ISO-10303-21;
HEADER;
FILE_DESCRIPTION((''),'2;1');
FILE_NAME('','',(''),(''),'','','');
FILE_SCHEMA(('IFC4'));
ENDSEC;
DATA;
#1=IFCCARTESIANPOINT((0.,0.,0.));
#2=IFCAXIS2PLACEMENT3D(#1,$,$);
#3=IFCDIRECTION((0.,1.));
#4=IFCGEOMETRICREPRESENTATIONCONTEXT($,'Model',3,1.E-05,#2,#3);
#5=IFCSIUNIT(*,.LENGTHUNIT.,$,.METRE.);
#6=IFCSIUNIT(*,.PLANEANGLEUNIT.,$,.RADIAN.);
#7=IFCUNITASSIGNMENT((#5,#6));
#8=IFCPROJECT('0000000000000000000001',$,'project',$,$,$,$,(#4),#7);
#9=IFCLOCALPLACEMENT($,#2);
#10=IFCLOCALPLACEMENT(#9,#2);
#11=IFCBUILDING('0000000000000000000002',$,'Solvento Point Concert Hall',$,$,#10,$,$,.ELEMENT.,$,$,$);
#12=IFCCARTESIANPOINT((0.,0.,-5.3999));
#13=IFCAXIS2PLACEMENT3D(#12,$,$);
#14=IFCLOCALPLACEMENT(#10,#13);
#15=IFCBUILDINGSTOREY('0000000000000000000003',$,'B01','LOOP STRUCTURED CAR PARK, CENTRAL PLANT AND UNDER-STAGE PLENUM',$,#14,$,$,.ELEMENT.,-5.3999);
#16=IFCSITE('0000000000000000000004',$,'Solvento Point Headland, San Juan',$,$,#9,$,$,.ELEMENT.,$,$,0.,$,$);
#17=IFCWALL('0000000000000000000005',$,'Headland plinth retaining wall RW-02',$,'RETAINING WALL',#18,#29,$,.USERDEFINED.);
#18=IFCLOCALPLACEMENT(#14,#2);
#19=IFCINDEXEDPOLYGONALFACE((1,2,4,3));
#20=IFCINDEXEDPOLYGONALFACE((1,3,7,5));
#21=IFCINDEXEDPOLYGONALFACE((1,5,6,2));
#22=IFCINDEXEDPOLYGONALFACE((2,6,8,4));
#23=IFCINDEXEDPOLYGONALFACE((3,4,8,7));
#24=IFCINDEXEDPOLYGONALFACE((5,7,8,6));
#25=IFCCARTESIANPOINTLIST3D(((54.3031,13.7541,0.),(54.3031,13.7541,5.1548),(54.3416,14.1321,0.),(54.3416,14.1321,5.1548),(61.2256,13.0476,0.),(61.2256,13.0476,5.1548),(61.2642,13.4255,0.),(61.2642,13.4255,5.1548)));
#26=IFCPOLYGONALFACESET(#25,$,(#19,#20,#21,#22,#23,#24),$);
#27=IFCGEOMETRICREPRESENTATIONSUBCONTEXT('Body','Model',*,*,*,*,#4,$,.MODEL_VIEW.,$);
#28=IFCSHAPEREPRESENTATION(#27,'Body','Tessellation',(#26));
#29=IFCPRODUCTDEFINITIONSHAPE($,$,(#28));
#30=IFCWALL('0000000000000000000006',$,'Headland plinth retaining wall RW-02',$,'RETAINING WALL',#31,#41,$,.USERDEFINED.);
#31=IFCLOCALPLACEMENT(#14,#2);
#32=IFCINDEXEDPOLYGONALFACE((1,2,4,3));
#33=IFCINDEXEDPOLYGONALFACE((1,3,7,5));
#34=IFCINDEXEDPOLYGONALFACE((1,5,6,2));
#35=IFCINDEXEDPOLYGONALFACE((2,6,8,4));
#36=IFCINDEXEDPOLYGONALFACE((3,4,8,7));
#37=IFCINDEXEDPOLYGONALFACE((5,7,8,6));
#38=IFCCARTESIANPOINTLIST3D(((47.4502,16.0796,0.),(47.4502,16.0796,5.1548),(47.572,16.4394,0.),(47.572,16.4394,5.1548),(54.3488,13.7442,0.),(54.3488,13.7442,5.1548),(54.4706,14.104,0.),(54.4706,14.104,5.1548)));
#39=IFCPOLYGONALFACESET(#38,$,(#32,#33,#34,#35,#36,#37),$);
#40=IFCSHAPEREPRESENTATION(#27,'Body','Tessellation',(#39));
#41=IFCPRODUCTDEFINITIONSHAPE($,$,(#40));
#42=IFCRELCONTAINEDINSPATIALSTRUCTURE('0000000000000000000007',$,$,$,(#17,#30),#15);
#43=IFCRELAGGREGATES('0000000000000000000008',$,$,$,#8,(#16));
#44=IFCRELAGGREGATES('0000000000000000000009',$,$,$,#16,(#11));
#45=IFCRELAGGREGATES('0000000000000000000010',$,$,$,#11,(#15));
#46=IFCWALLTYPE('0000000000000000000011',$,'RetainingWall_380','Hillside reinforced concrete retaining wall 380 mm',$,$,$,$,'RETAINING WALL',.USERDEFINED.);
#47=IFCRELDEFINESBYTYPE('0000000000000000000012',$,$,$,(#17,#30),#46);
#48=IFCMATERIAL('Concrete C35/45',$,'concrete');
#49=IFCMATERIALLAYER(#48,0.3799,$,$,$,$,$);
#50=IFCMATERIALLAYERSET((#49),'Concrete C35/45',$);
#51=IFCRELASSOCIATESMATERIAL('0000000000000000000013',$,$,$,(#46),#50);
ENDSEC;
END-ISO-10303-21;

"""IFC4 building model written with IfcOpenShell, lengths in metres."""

from ifc_helpers import new_model, si_unit, direction, frame, frame_2d, origin, place, context, subcontext, project, spatial, rectangle, extrude, material, layer, layer_set, type_object, element, save


model = new_model("IFC4")

# Units and contexts
model_context = context("Model", 3, precision=1e-05, world=origin(), true_north=direction((0.0, 1.0)))
body_context = subcontext(model_context, "Body", "Model", "MODEL_VIEW")
ifc_project = project(units=[si_unit("LENGTHUNIT", "METRE"), si_unit("PLANEANGLEUNIT", "RADIAN")], contexts=[model_context])

# Site, building, storey
site_placement = place(None, origin())
site = spatial("IfcSite", under=ifc_project, at=site_placement, Name="Solvento Point Headland, San Juan", CompositionType="ELEMENT", RefElevation=0.0)
building_placement = place(site_placement, origin())
building = spatial("IfcBuilding", under=site, at=building_placement, Name="Solvento Point Concert Hall", CompositionType="ELEMENT")
storey_placement = place(building_placement, frame((0.0, 0.0, -5.3999)))
storey = spatial("IfcBuildingStorey", under=building, at=storey_placement, Name="B01", Description="LOOP STRUCTURED CAR PARK, CENTRAL PLANT AND UNDER-STAGE PLENUM", CompositionType="ELEMENT", Elevation=-5.3999)

# Walls
ifc_material_1 = material(Name="Concrete C35/45", Category="concrete")
ifc_layer = layer(ifc_material_1, 0.3799)
ifc_layer_set = layer_set([ifc_layer], Name="Concrete C35/45")
wall_type = type_object("IfcWallType", Name="RetainingWall_380", Description="Hillside reinforced concrete retaining wall 380 mm", ElementType="RETAINING WALL", PredefinedType="USERDEFINED", material=ifc_layer_set)
wall_1_placement = place(storey_placement, frame((61.2449, 13.2366, 0.0), z_axis=(0.0, 0.0, 1.0), x_axis=(-0.994832, 0.101536, 0.0)))
element("IfcWall", 1, at=wall_1_placement, inside=storey, type_object=wall_type, Name="Headland plinth retaining wall RW-02", ObjectType="RETAINING WALL", PredefinedType="USERDEFINED", context=body_context, shape_type="SweptSolid", body=[
    extrude(rectangle(XDim=6.9585, YDim=0.3799, at=frame_2d((3.4792, 0.0))), origin(), (0.0, 0.0, 1.0), 5.1548),
])
wall_2_placement = place(storey_placement, frame((54.4097, 13.9241, 0.0), z_axis=(0.0, 0.0, 1.0), x_axis=(-0.947195, 0.320659, 0.0)))
element("IfcWall", 2, at=wall_2_placement, inside=storey, type_object=wall_type, Name="Headland plinth retaining wall RW-02", ObjectType="RETAINING WALL", PredefinedType="USERDEFINED", context=body_context, shape_type="SweptSolid", body=[
    extrude(rectangle(XDim=7.2832, YDim=0.3799, at=frame_2d((3.6416, 0.0))), origin(), (0.0, 0.0, 1.0), 5.1548),
])

save(model, "model.ifc")
